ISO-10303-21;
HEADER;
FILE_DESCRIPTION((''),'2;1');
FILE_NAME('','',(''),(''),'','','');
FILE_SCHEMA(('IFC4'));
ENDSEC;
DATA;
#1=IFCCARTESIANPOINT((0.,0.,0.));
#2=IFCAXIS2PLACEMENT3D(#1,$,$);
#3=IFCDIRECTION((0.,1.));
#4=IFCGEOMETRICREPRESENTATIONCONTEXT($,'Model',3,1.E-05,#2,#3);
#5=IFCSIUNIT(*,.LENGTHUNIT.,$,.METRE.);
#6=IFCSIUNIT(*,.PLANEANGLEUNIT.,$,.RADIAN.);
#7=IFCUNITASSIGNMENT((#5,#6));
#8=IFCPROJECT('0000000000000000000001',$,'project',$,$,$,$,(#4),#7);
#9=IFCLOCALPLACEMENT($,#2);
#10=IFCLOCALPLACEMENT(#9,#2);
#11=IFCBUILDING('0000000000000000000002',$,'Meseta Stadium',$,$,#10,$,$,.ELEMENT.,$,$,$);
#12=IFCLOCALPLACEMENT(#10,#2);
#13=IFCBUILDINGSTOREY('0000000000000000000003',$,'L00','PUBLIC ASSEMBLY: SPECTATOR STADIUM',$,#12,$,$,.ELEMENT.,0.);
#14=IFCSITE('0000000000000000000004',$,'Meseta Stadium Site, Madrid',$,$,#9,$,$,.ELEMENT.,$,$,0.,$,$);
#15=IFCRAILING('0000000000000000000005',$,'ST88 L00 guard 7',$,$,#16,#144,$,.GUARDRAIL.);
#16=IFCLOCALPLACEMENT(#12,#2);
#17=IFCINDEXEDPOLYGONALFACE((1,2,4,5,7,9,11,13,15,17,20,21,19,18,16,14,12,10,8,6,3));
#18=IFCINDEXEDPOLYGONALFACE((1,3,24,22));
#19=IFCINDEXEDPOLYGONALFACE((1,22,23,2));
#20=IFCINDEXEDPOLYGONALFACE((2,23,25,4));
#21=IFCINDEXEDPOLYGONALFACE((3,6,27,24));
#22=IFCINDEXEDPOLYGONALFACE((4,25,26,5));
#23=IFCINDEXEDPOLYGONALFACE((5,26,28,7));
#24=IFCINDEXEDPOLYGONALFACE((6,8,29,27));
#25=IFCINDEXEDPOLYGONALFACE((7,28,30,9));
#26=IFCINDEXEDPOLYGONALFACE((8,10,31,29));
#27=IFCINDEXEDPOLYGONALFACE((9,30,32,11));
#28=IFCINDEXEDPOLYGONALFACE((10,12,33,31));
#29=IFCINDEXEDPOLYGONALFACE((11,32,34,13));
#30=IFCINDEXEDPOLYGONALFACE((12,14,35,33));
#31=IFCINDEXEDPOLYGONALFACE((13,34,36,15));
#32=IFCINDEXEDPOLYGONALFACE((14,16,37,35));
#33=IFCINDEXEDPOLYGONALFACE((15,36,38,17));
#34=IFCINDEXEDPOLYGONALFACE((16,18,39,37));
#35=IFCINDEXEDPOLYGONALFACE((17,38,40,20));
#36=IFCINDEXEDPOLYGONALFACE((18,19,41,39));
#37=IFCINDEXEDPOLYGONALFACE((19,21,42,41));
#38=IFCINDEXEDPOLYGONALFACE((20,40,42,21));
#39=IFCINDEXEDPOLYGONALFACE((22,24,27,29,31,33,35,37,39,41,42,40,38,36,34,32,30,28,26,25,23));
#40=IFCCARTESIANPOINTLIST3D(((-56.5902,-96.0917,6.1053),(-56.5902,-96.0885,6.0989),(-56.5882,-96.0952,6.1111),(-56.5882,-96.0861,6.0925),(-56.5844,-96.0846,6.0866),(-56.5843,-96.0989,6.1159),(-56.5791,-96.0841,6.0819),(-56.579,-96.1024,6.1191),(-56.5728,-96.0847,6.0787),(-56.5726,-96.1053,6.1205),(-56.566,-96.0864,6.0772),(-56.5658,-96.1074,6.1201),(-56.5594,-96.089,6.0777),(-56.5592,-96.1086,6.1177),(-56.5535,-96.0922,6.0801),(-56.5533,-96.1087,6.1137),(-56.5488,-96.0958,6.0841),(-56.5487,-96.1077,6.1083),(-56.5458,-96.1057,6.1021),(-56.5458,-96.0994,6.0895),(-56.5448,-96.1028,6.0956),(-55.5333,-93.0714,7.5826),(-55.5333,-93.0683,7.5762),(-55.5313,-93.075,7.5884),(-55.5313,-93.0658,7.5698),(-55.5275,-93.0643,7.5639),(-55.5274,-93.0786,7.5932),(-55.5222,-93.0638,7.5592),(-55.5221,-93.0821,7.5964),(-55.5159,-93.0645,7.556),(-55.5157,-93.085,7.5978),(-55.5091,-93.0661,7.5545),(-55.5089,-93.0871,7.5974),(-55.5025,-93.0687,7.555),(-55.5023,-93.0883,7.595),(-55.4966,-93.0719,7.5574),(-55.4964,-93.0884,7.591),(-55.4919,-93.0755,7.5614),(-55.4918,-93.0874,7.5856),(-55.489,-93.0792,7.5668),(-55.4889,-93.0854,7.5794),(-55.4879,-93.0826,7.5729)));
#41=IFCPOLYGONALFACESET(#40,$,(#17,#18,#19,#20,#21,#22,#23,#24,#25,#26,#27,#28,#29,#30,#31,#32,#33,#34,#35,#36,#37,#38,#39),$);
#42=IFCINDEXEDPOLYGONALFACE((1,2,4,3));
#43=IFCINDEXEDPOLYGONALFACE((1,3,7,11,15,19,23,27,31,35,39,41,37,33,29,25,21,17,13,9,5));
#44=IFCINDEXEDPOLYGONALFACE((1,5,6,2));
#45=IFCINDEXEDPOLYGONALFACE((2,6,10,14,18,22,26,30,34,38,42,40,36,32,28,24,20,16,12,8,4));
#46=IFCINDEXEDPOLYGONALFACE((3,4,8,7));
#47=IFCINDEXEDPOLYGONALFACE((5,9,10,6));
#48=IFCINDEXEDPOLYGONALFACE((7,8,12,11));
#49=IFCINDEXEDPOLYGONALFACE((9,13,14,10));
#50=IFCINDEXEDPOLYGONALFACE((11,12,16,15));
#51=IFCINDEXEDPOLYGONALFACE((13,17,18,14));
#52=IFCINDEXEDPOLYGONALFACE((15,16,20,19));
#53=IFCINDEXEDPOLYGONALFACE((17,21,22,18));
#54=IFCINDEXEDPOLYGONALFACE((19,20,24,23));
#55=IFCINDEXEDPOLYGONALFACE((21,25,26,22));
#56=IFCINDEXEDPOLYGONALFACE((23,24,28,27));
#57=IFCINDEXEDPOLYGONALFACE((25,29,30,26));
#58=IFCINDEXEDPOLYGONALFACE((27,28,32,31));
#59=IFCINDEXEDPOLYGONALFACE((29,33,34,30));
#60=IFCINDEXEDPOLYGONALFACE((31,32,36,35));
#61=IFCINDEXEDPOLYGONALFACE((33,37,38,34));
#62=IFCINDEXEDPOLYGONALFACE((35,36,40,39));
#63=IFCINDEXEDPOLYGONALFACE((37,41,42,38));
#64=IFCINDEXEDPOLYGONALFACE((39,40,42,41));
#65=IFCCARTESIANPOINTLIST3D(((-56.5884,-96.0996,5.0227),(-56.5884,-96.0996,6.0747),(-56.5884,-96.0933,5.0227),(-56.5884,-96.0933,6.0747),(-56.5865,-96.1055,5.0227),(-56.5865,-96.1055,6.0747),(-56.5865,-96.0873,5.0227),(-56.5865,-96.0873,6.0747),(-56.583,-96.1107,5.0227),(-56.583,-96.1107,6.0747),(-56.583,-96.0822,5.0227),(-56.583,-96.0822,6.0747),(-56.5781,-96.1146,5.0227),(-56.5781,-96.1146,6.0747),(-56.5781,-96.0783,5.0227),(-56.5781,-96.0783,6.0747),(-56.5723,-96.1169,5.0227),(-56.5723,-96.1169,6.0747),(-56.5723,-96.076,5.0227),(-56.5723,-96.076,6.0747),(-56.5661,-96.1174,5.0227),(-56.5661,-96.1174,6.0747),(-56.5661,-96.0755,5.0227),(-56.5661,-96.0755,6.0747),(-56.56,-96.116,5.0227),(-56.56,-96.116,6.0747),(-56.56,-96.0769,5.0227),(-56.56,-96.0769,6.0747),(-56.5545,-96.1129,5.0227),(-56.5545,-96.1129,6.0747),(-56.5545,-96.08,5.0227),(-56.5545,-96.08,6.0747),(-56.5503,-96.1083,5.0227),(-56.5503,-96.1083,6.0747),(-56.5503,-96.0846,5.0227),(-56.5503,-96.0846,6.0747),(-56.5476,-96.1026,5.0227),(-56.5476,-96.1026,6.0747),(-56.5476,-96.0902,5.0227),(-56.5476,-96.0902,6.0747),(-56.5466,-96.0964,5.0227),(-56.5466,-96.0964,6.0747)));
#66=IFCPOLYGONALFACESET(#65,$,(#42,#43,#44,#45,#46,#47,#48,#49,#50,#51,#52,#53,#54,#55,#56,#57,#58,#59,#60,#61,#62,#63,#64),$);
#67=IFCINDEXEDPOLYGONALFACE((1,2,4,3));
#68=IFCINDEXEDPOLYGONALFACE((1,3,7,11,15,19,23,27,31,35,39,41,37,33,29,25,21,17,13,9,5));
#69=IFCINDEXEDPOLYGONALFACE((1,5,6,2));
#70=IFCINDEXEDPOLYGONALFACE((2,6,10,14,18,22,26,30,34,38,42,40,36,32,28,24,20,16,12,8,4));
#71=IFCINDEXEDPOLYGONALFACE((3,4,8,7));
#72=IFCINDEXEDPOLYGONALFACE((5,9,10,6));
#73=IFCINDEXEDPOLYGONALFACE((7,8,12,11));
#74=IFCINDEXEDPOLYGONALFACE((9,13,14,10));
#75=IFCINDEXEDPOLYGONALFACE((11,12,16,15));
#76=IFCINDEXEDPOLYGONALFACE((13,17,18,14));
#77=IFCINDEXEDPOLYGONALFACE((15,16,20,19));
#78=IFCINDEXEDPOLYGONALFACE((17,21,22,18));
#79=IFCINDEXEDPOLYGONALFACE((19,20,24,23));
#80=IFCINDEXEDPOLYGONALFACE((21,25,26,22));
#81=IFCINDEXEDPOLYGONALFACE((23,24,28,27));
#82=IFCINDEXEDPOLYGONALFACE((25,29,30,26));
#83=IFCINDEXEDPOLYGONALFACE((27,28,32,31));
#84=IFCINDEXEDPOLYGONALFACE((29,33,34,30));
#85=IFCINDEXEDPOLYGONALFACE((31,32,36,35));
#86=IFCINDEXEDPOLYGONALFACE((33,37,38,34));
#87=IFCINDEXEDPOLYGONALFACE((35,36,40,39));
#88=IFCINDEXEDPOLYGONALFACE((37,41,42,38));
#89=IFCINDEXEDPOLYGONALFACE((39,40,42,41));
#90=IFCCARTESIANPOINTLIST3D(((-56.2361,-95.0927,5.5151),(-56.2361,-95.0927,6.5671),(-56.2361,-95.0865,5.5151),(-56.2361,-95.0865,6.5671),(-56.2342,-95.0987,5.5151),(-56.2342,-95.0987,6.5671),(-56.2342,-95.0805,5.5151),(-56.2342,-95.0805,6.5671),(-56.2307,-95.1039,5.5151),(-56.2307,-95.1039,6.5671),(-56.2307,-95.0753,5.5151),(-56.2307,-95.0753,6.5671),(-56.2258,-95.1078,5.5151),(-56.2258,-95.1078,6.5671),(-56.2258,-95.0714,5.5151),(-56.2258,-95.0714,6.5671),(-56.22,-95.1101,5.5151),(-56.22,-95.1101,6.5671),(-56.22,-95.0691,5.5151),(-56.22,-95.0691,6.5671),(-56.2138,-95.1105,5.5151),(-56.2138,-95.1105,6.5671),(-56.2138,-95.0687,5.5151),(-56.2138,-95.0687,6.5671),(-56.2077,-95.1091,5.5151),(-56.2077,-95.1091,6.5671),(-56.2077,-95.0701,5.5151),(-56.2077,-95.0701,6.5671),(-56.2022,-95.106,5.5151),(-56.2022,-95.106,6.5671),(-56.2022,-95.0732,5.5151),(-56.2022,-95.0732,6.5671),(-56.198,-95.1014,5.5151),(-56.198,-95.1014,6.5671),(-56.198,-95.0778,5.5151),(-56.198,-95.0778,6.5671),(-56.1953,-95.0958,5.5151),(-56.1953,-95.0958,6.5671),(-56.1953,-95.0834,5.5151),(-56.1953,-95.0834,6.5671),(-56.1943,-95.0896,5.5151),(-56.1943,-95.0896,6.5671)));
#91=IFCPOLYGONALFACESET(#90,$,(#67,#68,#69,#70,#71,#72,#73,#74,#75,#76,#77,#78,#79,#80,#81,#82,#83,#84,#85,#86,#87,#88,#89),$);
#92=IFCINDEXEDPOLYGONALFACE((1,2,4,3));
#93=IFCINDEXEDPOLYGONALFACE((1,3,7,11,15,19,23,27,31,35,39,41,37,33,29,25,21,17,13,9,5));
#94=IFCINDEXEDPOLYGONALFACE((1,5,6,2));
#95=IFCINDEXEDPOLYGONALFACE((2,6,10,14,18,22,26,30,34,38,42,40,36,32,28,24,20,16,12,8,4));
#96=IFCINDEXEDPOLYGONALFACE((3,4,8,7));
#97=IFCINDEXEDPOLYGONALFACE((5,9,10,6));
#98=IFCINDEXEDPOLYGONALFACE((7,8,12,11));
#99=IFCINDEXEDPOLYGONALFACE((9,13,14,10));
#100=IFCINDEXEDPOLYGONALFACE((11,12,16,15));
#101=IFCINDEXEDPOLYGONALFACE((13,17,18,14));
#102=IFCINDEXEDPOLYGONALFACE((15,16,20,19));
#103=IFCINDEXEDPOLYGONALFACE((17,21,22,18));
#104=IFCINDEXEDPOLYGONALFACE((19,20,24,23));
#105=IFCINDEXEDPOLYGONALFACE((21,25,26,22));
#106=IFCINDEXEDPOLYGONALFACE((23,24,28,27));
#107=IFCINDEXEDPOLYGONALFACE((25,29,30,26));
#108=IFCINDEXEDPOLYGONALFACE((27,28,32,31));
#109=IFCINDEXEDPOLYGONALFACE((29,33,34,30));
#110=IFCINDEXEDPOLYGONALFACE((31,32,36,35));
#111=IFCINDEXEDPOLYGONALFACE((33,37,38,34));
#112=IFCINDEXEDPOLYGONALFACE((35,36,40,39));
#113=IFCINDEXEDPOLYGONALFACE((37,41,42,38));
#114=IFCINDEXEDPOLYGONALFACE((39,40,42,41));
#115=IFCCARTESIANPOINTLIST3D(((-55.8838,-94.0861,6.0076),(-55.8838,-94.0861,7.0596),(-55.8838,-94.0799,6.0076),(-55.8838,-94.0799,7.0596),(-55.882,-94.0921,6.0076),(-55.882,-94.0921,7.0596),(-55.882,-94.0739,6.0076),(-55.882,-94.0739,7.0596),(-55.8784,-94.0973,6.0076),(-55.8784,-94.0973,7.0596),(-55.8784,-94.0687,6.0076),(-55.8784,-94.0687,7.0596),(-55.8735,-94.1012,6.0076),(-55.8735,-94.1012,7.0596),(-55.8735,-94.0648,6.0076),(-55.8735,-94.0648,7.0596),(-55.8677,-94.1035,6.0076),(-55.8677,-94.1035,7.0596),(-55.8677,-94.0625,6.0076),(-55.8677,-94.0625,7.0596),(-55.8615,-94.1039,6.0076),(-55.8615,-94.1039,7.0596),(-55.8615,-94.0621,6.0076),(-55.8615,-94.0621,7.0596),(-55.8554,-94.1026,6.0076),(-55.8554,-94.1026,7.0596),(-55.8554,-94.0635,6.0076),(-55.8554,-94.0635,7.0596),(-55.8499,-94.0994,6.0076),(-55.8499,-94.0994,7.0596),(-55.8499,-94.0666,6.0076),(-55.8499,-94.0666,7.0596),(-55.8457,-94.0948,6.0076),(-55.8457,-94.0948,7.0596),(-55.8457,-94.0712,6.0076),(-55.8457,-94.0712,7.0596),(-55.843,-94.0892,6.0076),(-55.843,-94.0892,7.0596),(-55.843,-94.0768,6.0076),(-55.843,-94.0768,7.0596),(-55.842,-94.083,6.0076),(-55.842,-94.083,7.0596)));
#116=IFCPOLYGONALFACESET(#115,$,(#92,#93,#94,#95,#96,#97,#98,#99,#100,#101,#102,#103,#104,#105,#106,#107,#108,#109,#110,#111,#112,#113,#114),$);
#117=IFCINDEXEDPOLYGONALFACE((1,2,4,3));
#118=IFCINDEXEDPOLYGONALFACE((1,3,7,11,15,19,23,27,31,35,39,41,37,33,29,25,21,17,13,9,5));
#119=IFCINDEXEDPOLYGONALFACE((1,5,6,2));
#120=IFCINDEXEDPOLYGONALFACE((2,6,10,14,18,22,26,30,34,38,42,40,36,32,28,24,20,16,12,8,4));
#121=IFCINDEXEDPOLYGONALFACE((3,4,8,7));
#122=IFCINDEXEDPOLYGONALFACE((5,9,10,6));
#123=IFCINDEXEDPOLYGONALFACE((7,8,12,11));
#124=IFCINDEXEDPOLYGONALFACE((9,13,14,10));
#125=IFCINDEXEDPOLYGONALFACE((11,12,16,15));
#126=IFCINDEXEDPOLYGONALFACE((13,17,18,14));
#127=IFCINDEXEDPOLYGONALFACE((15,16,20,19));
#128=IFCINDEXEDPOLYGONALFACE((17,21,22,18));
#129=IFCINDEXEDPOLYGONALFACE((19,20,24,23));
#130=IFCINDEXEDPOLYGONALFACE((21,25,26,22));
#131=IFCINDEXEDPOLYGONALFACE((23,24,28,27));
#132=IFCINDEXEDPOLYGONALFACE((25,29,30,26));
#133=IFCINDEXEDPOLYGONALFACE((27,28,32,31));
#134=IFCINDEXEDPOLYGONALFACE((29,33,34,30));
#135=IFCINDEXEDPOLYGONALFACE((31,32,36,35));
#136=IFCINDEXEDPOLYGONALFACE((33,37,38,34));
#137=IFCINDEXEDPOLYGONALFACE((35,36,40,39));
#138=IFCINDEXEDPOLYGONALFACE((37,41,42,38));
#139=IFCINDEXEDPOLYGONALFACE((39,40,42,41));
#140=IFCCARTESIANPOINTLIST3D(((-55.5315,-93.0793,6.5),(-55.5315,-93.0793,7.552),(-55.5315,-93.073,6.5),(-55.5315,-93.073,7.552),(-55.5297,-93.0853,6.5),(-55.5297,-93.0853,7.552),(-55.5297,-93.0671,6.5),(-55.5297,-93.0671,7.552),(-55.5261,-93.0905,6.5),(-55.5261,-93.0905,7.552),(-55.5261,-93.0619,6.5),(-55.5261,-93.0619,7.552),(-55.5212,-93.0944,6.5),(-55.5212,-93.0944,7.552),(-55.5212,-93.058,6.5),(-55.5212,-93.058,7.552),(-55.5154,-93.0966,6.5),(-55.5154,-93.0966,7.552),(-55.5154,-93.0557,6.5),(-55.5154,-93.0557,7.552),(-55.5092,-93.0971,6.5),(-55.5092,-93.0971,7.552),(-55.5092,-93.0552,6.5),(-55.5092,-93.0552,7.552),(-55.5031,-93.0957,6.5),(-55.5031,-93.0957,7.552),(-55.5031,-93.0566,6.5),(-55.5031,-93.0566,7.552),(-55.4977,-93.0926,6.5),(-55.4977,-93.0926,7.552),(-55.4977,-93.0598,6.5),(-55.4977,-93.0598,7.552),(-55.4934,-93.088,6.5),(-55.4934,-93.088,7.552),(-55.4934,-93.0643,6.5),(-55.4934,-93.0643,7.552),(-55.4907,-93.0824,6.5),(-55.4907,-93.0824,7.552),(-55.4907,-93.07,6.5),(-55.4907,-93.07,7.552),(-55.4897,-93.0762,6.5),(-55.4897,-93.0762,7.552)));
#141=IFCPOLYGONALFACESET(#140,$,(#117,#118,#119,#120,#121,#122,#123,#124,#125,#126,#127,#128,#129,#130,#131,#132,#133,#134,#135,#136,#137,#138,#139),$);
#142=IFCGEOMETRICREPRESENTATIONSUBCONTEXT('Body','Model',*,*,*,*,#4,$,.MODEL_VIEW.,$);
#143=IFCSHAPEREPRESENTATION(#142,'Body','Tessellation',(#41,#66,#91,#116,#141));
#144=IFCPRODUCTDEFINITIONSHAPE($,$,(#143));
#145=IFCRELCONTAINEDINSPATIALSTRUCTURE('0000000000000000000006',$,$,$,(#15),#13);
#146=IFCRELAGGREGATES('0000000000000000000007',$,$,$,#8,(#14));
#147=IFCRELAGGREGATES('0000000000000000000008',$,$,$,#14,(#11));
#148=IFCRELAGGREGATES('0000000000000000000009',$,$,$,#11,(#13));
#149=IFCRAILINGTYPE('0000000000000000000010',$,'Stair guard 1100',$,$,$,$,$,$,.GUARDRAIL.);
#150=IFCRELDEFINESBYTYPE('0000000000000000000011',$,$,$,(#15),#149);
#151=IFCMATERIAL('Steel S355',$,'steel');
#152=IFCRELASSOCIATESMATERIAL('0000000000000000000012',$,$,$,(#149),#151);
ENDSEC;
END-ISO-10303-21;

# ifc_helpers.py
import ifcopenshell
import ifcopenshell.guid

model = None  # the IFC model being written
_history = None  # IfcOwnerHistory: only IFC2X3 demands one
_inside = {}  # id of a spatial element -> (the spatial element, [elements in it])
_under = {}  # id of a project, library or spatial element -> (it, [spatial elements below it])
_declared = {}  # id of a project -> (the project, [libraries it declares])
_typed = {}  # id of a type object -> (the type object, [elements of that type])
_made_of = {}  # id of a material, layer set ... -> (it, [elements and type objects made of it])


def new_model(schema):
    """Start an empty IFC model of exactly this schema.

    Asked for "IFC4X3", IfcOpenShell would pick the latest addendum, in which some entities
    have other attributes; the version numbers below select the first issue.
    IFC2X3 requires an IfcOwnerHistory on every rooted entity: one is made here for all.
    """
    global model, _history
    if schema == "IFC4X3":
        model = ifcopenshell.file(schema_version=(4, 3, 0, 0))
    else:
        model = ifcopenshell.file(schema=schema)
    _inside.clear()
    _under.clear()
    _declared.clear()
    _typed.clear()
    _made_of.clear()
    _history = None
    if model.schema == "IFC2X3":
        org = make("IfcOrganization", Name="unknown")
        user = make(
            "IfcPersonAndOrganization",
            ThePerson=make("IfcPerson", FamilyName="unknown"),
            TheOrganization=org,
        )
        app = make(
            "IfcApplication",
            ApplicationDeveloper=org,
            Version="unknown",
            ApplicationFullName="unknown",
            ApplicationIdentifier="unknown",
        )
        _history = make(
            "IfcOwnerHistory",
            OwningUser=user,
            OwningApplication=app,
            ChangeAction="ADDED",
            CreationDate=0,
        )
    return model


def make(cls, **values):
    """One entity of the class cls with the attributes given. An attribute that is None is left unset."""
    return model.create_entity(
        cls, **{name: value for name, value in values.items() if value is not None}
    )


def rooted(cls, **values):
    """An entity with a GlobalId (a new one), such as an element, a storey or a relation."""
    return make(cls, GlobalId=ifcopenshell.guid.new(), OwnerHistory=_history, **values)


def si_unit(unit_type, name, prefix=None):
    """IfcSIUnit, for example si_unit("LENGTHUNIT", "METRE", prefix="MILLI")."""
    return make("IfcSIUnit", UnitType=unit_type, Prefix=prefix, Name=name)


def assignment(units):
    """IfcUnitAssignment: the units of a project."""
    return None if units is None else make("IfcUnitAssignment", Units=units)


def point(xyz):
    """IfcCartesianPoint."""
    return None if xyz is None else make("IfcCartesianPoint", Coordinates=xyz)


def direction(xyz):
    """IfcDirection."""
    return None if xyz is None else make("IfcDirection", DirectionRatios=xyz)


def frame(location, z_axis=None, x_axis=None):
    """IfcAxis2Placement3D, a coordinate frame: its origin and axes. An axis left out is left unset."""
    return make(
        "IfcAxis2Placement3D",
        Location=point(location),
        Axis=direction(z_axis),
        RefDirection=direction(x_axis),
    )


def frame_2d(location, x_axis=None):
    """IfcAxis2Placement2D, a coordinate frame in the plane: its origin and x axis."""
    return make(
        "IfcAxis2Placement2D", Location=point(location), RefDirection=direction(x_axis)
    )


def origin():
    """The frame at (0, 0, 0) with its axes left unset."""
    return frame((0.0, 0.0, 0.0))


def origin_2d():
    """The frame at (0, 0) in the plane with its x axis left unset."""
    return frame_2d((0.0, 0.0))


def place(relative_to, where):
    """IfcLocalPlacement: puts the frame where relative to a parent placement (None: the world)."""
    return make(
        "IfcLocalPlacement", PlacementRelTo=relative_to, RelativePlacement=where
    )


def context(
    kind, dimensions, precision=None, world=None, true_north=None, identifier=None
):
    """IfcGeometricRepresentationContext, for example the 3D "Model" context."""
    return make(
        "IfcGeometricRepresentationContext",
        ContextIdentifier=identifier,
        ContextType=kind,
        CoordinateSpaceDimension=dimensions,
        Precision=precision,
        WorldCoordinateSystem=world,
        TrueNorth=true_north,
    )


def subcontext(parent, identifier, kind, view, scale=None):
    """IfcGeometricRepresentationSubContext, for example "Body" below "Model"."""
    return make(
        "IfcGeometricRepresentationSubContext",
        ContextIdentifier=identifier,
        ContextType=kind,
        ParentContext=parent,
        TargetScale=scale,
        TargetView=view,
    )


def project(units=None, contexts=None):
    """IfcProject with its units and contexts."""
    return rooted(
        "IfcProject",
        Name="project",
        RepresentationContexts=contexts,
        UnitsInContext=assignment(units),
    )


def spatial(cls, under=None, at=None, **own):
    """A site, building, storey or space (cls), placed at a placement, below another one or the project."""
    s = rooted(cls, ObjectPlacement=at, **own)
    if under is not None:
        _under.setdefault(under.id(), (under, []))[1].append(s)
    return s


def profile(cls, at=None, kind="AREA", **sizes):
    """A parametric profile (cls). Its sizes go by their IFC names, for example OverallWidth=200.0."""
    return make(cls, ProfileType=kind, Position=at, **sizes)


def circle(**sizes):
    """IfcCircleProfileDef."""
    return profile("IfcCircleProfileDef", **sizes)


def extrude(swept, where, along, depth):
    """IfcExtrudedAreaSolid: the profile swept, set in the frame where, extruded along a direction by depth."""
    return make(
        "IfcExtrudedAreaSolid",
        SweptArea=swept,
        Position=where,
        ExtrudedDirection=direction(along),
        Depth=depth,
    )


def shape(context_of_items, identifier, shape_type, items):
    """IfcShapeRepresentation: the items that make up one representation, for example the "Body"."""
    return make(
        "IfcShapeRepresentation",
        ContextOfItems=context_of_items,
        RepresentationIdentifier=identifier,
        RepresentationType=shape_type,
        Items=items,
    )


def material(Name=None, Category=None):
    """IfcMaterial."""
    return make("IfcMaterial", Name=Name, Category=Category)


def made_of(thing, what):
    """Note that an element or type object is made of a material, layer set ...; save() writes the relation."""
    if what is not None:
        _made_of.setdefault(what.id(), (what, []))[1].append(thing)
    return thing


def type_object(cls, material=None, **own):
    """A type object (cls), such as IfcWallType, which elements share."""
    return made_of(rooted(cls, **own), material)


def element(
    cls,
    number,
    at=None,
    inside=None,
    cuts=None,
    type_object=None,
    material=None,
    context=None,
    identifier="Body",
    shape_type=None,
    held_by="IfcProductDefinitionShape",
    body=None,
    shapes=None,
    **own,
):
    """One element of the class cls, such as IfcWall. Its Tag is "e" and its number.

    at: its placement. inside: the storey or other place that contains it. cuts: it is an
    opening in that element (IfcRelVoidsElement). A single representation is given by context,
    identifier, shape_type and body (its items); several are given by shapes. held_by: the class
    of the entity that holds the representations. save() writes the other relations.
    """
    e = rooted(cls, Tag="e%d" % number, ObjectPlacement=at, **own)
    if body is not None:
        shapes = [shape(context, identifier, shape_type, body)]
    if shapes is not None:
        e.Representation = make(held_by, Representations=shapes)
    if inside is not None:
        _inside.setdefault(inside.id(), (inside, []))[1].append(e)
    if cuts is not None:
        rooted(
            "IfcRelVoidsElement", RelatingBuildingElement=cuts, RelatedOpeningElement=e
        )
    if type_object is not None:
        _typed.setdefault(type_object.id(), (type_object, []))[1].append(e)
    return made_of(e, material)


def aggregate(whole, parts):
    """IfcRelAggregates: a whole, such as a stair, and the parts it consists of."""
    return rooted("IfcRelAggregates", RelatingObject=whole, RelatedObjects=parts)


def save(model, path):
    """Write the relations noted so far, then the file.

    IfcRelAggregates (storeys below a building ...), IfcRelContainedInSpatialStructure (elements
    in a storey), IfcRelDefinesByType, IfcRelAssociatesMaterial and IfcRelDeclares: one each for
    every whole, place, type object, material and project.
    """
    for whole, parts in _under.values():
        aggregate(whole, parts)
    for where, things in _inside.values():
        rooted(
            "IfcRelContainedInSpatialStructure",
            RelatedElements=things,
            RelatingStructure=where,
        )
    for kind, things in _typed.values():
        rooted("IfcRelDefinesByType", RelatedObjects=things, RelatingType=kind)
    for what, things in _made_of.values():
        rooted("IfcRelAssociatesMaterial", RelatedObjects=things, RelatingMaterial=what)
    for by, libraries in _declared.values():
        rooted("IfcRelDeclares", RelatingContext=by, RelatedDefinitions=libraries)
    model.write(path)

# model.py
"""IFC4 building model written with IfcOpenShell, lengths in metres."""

from ifc_helpers import new_model, si_unit, direction, frame, origin, origin_2d, place, context, subcontext, project, spatial, circle, extrude, material, type_object, element, save


model = new_model("IFC4")

# Units and contexts
model_context = context("Model", 3, precision=1e-05, world=origin(), true_north=direction((0.0, 1.0)))
body_context = subcontext(model_context, "Body", "Model", "MODEL_VIEW")
ifc_project = project(units=[si_unit("LENGTHUNIT", "METRE"), si_unit("PLANEANGLEUNIT", "RADIAN")], contexts=[model_context])

# Site, building, storey
site_placement = place(None, origin())
site = spatial("IfcSite", under=ifc_project, at=site_placement, Name="Meseta Stadium Site, Madrid", CompositionType="ELEMENT", RefElevation=0.0)
building_placement = place(site_placement, origin())
building = spatial("IfcBuilding", under=site, at=building_placement, Name="Meseta Stadium", CompositionType="ELEMENT")
storey_placement = place(building_placement, origin())
storey = spatial("IfcBuildingStorey", under=building, at=storey_placement, Name="L00", Description="PUBLIC ASSEMBLY: SPECTATOR STADIUM", CompositionType="ELEMENT", Elevation=0.0)

# Railing
ifc_material_1 = material(Name="Steel S355", Category="steel")
railing_type_1 = type_object("IfcRailingType", Name="Stair guard 1100", PredefinedType="GUARDRAIL", material=ifc_material_1)
railing_1_placement = place(storey_placement, frame((-56.5676, -96.0964, 5.0227)))
element("IfcRailing", 1, at=railing_1_placement, inside=storey, type_object=railing_type_1, Name="ST88 L00 guard 7", PredefinedType="GUARDRAIL", context=body_context, shape_type="SweptSolid", body=[
    extrude(circle(Radius=0.0239, at=origin_2d()), frame((0.0, 0.0, 1.0762), z_axis=(0.299876, 0.856958, 0.419162), x_axis=(-0.943879, 0.330293, 0.0)), (0.0, 0.0, 1.0), 3.5244),
    extrude(circle(Radius=0.021, at=origin_2d()), origin(), (0.0, 0.0, 1.0), 1.052),
    extrude(circle(Radius=0.021, at=origin_2d()), frame((0.3523, 1.0068, 0.4924)), (0.0, 0.0, 1.0), 1.052),
    extrude(circle(Radius=0.021, at=origin_2d()), frame((0.7046, 2.0134, 0.9849)), (0.0, 0.0, 1.0), 1.052),
    extrude(circle(Radius=0.021, at=origin_2d()), frame((1.0569, 3.0203, 1.4773)), (0.0, 0.0, 1.0), 1.052),
])

save(model, "model.ifc")
